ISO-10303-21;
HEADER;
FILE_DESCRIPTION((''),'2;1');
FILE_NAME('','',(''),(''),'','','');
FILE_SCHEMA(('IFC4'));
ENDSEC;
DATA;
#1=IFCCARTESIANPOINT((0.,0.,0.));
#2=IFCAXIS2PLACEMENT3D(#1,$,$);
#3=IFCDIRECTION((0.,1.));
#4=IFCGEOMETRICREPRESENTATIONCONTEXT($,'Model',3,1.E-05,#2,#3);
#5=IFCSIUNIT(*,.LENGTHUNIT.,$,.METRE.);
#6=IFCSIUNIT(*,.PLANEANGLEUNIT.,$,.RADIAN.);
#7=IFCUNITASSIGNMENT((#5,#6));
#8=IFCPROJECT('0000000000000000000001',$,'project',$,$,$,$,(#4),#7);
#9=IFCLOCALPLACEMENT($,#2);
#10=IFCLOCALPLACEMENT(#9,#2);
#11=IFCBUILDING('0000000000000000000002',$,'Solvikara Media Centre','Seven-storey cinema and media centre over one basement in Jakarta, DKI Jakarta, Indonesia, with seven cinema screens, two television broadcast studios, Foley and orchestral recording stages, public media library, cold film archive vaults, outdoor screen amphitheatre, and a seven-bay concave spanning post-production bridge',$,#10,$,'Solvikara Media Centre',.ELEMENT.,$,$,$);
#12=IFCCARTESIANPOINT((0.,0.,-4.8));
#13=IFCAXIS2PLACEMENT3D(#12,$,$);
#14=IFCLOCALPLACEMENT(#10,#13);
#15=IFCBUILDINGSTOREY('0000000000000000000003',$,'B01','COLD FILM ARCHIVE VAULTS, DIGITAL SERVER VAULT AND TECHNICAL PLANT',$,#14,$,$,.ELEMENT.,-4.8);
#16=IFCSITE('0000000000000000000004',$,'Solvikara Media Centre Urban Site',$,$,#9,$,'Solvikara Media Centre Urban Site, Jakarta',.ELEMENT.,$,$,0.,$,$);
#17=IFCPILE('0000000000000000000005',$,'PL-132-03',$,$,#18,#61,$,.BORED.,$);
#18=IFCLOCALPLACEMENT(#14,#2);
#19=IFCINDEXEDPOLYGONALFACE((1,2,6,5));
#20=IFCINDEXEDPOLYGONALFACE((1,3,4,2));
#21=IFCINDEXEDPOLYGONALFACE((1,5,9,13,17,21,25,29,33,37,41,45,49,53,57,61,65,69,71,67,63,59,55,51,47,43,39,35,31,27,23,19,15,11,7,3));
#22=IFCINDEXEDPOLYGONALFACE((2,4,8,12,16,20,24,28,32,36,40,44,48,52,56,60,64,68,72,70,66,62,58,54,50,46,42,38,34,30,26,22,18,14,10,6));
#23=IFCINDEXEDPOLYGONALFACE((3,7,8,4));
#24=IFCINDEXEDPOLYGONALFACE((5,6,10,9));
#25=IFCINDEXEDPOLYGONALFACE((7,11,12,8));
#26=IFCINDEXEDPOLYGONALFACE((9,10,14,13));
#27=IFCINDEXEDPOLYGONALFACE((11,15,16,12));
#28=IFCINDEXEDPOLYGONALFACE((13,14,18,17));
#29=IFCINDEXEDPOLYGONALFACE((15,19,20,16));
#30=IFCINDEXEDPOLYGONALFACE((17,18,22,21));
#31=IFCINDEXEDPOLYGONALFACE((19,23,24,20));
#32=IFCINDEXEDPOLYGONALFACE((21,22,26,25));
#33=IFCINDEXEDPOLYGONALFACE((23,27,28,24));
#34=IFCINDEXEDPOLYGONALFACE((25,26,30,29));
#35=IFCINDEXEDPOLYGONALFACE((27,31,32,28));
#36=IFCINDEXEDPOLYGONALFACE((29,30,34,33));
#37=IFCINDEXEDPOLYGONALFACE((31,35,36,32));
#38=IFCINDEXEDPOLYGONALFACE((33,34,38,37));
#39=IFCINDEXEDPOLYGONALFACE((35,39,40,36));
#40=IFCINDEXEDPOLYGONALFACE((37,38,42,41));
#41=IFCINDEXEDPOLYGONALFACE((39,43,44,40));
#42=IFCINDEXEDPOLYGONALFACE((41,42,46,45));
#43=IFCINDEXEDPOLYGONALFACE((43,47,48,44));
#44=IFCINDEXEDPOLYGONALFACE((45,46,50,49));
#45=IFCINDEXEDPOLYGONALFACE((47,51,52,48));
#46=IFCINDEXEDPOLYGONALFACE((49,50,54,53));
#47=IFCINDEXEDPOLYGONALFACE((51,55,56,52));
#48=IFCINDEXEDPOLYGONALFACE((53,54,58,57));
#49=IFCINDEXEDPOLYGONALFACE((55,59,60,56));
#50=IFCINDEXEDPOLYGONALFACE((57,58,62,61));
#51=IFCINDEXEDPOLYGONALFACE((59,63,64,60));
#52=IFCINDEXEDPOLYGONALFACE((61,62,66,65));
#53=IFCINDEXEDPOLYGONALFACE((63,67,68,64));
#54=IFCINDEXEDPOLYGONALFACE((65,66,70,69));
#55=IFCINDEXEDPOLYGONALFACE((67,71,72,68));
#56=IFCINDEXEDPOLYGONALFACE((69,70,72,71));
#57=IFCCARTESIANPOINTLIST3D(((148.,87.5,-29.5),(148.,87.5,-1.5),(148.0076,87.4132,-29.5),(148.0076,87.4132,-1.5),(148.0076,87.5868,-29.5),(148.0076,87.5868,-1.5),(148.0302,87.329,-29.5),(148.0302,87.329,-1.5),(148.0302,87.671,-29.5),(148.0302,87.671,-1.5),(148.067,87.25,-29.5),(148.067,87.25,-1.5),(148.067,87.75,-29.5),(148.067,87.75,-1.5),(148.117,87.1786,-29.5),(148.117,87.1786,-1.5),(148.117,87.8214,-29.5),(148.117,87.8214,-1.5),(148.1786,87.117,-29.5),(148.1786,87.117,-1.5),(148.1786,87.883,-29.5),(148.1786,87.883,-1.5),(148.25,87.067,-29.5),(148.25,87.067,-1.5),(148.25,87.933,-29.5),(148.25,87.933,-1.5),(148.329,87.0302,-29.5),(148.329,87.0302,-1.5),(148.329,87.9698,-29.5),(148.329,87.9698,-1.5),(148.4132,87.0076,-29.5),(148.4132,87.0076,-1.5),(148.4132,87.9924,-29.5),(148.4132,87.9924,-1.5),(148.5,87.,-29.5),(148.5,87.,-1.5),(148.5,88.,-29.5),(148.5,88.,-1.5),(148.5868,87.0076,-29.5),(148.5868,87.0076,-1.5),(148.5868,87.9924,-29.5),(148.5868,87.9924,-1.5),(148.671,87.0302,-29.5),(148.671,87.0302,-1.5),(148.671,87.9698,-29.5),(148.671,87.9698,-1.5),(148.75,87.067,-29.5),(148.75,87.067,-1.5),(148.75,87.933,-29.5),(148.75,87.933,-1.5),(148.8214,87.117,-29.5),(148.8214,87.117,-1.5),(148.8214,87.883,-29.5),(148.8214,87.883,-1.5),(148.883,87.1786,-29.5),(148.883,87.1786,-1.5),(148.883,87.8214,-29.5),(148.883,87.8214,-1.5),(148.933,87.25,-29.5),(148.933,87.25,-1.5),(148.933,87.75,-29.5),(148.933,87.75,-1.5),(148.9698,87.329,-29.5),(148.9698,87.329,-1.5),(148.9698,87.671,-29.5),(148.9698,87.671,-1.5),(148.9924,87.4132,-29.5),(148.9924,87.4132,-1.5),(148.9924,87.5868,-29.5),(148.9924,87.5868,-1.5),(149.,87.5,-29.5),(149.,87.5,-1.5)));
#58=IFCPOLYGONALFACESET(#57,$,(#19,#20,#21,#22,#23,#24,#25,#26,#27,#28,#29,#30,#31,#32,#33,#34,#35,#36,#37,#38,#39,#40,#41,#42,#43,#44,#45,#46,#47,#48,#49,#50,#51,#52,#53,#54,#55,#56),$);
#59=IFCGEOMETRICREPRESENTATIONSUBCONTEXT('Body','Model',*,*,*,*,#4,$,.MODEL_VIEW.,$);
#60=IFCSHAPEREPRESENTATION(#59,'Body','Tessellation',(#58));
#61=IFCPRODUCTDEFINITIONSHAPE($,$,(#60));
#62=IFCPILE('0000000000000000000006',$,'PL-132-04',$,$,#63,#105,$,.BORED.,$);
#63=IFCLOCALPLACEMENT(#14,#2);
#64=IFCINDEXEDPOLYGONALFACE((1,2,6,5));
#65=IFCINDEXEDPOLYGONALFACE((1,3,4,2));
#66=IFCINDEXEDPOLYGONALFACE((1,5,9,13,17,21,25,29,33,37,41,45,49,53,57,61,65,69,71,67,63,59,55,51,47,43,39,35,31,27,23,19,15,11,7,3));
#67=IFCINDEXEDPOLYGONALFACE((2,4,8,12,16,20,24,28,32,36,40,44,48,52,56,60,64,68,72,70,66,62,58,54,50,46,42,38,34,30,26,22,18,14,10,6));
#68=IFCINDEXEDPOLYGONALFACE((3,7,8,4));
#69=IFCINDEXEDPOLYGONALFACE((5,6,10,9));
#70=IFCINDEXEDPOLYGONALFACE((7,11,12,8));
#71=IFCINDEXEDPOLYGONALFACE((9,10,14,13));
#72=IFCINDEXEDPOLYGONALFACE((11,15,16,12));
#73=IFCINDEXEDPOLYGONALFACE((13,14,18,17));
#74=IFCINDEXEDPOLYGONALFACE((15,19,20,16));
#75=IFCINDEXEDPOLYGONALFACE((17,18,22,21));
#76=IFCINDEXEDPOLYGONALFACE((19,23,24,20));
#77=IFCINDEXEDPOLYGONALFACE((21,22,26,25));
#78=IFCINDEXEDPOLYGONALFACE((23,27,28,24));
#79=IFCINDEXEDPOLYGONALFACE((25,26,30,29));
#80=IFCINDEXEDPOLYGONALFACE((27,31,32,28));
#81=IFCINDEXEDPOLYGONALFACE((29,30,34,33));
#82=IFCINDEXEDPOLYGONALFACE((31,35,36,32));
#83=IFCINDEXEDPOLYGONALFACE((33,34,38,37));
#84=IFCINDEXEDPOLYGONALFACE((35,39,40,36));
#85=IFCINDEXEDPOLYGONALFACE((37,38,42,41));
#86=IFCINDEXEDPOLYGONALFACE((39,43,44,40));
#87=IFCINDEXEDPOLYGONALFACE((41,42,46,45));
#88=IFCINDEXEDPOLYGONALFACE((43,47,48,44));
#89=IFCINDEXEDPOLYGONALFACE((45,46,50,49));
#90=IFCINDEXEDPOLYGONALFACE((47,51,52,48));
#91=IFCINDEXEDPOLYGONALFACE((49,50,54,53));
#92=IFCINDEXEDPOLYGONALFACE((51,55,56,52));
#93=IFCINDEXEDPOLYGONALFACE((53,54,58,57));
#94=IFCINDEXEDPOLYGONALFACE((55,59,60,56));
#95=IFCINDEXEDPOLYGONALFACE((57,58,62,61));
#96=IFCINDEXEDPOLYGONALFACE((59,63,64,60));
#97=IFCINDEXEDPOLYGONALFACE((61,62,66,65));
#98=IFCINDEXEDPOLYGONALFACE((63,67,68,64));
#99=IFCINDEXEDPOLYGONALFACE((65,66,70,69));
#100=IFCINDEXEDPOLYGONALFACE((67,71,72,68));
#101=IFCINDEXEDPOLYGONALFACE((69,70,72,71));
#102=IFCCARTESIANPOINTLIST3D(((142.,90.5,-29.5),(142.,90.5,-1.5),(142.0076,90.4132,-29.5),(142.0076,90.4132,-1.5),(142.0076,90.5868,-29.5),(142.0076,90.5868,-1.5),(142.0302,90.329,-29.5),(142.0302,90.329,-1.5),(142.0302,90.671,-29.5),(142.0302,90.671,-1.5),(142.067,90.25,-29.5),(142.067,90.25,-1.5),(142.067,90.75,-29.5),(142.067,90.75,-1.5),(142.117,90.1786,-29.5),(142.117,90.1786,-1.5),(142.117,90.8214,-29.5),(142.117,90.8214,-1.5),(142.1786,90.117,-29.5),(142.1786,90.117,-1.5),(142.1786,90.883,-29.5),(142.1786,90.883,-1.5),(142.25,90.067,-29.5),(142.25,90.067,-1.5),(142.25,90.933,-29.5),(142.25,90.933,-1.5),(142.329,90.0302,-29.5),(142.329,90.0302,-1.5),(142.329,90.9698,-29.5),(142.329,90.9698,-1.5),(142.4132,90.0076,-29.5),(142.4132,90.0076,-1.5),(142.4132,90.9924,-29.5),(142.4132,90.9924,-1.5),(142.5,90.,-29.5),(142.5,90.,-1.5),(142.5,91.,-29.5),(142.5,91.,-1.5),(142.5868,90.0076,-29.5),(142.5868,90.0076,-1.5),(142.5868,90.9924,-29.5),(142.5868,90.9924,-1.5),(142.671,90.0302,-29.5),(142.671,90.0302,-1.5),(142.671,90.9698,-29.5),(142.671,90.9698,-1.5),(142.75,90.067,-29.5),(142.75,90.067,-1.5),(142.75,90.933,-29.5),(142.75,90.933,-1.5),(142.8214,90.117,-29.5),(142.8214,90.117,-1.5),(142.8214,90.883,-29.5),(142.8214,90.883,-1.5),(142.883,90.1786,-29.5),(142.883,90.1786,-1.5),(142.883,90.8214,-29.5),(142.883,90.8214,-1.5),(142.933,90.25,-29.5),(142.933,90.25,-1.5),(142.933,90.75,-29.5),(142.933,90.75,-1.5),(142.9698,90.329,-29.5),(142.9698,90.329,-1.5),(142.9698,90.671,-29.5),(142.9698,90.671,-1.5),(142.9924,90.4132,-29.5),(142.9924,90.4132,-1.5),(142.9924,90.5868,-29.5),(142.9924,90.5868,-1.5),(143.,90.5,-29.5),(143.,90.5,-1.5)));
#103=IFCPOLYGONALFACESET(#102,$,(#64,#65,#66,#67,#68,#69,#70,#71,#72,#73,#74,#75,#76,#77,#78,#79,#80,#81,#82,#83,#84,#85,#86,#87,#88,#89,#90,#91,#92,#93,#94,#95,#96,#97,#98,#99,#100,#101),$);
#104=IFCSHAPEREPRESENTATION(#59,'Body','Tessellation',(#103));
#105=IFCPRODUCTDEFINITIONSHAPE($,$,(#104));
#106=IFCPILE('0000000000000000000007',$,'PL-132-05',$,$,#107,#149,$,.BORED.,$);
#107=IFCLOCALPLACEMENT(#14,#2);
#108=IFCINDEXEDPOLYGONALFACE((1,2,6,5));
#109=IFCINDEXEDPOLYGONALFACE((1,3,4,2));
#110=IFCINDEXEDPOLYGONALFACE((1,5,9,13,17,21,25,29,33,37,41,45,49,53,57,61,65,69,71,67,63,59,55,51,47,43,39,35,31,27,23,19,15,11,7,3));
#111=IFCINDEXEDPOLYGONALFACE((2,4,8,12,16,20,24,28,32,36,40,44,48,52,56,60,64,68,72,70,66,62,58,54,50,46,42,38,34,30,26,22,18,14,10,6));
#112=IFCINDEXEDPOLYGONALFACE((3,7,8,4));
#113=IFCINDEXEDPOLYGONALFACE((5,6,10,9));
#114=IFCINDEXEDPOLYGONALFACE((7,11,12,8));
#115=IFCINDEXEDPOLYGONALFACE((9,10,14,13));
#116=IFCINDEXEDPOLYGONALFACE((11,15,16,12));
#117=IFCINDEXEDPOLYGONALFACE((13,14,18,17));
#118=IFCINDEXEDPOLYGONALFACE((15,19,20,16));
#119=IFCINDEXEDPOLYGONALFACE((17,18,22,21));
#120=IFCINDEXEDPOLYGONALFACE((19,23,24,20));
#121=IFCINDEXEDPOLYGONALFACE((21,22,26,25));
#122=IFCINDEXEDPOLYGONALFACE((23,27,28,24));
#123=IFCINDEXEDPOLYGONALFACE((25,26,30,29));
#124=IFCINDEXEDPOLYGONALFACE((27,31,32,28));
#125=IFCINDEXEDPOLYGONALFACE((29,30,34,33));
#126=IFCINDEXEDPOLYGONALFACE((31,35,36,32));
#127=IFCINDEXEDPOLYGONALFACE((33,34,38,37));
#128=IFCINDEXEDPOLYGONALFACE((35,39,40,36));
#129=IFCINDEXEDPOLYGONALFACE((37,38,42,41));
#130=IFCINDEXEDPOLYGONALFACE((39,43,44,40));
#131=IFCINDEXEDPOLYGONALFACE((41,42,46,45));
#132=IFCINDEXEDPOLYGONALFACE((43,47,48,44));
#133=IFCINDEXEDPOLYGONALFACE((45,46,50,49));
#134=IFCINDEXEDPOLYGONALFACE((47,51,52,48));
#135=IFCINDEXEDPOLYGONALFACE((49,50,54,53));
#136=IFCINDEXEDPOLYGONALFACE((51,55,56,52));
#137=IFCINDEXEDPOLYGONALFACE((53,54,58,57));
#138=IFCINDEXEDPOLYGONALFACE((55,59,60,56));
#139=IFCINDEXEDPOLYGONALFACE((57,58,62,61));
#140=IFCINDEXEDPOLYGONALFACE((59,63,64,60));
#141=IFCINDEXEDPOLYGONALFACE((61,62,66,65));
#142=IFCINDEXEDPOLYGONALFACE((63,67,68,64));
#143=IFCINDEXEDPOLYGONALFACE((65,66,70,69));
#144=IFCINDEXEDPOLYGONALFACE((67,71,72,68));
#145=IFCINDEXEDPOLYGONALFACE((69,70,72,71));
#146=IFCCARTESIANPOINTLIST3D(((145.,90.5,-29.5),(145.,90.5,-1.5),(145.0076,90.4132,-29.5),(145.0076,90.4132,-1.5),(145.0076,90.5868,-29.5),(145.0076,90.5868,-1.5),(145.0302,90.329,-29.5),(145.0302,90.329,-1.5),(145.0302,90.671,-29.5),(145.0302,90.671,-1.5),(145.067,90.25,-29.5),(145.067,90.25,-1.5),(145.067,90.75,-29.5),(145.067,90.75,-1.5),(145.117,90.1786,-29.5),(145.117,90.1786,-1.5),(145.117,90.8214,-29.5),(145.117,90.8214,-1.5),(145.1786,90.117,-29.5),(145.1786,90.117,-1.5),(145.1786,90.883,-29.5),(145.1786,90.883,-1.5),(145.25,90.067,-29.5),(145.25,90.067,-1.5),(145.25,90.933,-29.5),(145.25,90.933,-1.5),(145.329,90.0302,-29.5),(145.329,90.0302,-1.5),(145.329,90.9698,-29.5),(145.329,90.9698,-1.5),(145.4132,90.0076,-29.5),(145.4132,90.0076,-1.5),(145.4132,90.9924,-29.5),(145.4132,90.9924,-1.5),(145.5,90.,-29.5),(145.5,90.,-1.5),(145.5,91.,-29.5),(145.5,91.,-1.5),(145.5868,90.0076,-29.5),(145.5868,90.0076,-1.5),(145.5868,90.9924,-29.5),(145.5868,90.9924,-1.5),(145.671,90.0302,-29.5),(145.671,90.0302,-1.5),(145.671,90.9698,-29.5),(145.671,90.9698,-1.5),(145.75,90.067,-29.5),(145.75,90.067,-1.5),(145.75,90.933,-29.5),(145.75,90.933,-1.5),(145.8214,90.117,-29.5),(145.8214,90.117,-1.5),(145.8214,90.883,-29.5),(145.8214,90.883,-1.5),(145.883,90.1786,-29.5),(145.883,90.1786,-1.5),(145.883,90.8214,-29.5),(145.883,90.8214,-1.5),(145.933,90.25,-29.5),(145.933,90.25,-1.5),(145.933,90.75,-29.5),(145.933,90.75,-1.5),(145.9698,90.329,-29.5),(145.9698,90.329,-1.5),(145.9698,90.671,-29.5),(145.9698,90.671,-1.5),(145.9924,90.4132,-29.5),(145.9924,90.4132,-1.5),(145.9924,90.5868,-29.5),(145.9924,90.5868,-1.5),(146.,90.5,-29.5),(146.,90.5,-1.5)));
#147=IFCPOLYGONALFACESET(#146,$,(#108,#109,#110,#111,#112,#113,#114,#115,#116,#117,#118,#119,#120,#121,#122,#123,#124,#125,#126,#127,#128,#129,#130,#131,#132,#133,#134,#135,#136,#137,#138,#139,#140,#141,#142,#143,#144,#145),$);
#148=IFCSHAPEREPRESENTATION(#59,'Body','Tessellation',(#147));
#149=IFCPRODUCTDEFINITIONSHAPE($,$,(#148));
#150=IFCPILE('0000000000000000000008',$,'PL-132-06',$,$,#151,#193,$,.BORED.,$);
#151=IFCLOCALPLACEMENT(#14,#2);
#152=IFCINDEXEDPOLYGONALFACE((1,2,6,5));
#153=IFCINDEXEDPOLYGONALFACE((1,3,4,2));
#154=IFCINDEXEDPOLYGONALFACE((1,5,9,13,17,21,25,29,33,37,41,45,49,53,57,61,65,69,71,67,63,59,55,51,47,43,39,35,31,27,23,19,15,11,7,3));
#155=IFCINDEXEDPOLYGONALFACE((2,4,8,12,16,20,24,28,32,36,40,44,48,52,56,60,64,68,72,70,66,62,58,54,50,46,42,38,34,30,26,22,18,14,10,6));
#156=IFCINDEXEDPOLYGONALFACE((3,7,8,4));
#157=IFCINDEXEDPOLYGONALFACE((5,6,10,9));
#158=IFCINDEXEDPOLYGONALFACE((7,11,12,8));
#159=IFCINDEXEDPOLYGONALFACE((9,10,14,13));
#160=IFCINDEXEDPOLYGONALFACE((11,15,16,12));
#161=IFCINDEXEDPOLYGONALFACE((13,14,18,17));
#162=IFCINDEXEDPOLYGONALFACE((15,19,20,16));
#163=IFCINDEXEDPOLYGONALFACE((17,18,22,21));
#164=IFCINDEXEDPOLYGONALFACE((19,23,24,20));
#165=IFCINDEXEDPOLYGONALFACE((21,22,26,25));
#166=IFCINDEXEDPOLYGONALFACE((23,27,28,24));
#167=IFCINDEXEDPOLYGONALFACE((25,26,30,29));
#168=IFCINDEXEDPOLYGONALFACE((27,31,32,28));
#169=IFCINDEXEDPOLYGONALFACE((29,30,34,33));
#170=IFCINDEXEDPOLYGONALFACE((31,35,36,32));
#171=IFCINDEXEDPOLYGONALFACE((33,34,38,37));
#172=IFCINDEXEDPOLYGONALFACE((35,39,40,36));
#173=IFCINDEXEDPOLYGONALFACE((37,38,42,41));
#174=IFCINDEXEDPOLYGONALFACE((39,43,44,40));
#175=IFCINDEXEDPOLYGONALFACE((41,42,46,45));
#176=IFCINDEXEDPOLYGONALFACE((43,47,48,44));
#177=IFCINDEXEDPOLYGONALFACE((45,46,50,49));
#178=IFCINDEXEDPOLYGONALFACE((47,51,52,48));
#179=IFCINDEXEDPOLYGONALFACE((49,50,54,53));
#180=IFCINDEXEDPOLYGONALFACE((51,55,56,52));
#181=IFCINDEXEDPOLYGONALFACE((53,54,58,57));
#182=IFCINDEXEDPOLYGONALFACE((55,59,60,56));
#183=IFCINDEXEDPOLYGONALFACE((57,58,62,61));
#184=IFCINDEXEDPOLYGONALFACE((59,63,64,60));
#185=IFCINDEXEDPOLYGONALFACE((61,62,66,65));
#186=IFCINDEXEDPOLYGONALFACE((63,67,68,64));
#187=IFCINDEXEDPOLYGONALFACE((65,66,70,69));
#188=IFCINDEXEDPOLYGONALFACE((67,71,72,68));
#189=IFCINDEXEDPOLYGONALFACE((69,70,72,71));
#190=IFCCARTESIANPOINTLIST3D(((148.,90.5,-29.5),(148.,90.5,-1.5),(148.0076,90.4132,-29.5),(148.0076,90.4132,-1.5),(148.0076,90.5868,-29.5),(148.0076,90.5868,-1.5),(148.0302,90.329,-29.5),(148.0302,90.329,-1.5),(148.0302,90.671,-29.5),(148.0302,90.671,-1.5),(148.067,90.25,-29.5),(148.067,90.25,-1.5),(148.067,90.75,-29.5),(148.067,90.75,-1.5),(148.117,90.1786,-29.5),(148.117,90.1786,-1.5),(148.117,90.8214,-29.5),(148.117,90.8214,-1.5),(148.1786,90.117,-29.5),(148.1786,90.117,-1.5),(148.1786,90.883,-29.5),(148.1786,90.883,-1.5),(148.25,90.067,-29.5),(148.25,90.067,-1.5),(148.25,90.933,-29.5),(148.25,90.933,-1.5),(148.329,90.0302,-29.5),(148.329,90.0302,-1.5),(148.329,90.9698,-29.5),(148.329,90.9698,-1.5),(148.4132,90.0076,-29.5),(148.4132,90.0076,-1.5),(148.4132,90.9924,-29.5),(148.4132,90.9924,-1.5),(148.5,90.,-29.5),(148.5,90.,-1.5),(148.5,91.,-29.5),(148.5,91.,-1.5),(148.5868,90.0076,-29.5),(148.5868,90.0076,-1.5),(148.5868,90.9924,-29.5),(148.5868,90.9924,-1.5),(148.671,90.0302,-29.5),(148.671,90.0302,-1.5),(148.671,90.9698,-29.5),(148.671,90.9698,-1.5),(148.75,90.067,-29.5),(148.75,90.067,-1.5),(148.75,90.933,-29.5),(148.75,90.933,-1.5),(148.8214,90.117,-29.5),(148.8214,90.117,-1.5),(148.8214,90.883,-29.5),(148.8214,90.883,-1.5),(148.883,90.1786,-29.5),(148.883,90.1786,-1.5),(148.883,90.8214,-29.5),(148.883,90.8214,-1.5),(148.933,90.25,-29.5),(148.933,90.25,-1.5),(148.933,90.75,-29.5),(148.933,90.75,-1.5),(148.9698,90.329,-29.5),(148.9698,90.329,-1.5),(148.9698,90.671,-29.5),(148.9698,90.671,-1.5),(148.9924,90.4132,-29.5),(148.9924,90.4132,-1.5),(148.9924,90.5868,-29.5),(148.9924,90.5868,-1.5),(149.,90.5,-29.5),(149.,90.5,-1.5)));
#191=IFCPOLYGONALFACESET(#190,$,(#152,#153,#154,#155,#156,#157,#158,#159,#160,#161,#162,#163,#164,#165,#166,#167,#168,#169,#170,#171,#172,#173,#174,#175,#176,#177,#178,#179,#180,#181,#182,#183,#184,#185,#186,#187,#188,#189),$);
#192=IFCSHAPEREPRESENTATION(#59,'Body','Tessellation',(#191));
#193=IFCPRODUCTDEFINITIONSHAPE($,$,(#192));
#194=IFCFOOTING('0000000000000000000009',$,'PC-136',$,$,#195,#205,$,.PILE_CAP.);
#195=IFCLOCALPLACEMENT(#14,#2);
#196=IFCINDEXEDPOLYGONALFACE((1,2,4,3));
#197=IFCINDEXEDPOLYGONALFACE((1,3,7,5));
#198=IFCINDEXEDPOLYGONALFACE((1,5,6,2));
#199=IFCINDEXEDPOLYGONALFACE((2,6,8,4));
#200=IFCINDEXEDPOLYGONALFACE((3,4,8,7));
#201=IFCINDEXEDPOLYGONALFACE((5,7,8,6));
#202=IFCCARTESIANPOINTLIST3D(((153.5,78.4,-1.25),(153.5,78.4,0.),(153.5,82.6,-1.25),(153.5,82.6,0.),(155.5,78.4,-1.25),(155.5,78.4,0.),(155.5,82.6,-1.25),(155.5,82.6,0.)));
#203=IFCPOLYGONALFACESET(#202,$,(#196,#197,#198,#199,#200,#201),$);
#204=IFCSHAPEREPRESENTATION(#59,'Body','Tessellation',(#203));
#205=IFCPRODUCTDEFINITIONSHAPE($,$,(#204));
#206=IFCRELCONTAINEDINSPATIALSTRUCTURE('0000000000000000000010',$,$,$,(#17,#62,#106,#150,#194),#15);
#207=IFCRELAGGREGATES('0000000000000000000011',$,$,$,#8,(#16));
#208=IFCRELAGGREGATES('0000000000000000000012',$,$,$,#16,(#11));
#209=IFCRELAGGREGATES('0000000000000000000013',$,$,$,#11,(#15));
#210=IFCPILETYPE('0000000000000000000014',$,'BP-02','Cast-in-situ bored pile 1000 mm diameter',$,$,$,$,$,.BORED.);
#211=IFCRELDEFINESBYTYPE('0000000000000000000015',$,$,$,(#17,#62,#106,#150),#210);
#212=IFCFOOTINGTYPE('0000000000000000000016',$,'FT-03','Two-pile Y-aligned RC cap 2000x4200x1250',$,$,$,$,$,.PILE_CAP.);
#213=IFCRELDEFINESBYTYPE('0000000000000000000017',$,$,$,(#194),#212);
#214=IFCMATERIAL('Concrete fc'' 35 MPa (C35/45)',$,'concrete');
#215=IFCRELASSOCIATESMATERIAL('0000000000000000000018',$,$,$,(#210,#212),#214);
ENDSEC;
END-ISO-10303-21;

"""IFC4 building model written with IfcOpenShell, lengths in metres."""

from ifc_helpers import new_model, si_unit, direction, frame, origin, origin_2d, place, context, subcontext, project, spatial, rectangle, circle, extrude, material, material_profile, profile_set, type_object, element, save


model = new_model("IFC4")

# Units and contexts
model_context = context("Model", 3, precision=1e-05, world=origin(), true_north=direction((0.0, 1.0)))
body_context = subcontext(model_context, "Body", "Model", "MODEL_VIEW")
ifc_project = project(units=[si_unit("LENGTHUNIT", "METRE"), si_unit("PLANEANGLEUNIT", "RADIAN")], contexts=[model_context])

# Site, building, storey
site_placement = place(None, origin())
site = spatial("IfcSite", under=ifc_project, at=site_placement, Name="Solvikara Media Centre Urban Site", LongName="Solvikara Media Centre Urban Site, Jakarta", CompositionType="ELEMENT", RefElevation=0.0)
building_placement = place(site_placement, origin())
building = spatial("IfcBuilding", under=site, at=building_placement, Name="Solvikara Media Centre", Description="Seven-storey cinema and media centre over one basement in Jakarta, DKI Jakarta, Indonesia, with seven cinema screens, two television broadcast studios, Foley and orchestral recording stages, public media library, cold film archive vaults, outdoor screen amphitheatre, and a seven-bay concave spanning post-production bridge", LongName="Solvikara Media Centre", CompositionType="ELEMENT")
storey_placement = place(building_placement, frame((0.0, 0.0, -4.8)))
storey = spatial("IfcBuildingStorey", under=building, at=storey_placement, Name="B01", Description="COLD FILM ARCHIVE VAULTS, DIGITAL SERVER VAULT AND TECHNICAL PLANT", CompositionType="ELEMENT", Elevation=-4.8)

# Piles
ifc_material_1 = material(Name="Concrete fc' 35 MPa (C35/45)", Category="concrete")
ifc_material_profile_1 = material_profile(ifc_material_1, circle(Radius=0.5, at=origin_2d()), Name="BORED PILE D1000")
ifc_profile_set_1 = profile_set([ifc_material_profile_1], Name="Concrete fc' 35 MPa (C35/45)")
pile_type_1 = type_object("IfcPileType", Name="BP-02", Description="Cast-in-situ bored pile 1000 mm diameter", PredefinedType="BORED", material=ifc_profile_set_1)
for number, where, z_axis, x_axis, name in (
    (1, (148.5, 87.5, -1.5), (0.0, 0.0, -1.0), (1.0, 0.0, 0.0), "PL-132-03"),
    (2, (142.5, 90.5, -1.5), (0.0, 0.0, -1.0), (1.0, 0.0, 0.0), "PL-132-04"),
    (3, (145.5, 90.5, -1.5), (0.0, 0.0, -1.0), (1.0, 0.0, 0.0), "PL-132-05"),
    (4, (148.5, 90.5, -1.5), (0.0, 0.0, -1.0), (1.0, 0.0, 0.0), "PL-132-06"),
):
    element("IfcPile", number, at=place(storey_placement, frame(where, z_axis=z_axis, x_axis=x_axis)), inside=storey, type_object=pile_type_1, Name=name, PredefinedType="BORED", context=body_context, shape_type="SweptSolid", body=[
        extrude(circle(Radius=0.5, at=origin_2d()), origin(), (0.0, 0.0, 1.0), 28.0),
    ])

# Footing
footing_type_1 = type_object("IfcFootingType", Name="FT-03", Description="Two-pile Y-aligned RC cap 2000x4200x1250", PredefinedType="PILE_CAP", material=ifc_material_1)
footing_1_placement = place(storey_placement, frame((154.5, 80.5, -1.25), z_axis=(0.0, 0.0, 1.0), x_axis=(1.0, 0.0, 0.0)))
element("IfcFooting", 5, at=footing_1_placement, inside=storey, type_object=footing_type_1, Name="PC-136", PredefinedType="PILE_CAP", context=body_context, shape_type="SweptSolid", body=[
    extrude(rectangle(XDim=2.0, YDim=4.2, at=origin_2d()), origin(), (0.0, 0.0, 1.0), 1.25),
])

save(model, "model.ifc")
